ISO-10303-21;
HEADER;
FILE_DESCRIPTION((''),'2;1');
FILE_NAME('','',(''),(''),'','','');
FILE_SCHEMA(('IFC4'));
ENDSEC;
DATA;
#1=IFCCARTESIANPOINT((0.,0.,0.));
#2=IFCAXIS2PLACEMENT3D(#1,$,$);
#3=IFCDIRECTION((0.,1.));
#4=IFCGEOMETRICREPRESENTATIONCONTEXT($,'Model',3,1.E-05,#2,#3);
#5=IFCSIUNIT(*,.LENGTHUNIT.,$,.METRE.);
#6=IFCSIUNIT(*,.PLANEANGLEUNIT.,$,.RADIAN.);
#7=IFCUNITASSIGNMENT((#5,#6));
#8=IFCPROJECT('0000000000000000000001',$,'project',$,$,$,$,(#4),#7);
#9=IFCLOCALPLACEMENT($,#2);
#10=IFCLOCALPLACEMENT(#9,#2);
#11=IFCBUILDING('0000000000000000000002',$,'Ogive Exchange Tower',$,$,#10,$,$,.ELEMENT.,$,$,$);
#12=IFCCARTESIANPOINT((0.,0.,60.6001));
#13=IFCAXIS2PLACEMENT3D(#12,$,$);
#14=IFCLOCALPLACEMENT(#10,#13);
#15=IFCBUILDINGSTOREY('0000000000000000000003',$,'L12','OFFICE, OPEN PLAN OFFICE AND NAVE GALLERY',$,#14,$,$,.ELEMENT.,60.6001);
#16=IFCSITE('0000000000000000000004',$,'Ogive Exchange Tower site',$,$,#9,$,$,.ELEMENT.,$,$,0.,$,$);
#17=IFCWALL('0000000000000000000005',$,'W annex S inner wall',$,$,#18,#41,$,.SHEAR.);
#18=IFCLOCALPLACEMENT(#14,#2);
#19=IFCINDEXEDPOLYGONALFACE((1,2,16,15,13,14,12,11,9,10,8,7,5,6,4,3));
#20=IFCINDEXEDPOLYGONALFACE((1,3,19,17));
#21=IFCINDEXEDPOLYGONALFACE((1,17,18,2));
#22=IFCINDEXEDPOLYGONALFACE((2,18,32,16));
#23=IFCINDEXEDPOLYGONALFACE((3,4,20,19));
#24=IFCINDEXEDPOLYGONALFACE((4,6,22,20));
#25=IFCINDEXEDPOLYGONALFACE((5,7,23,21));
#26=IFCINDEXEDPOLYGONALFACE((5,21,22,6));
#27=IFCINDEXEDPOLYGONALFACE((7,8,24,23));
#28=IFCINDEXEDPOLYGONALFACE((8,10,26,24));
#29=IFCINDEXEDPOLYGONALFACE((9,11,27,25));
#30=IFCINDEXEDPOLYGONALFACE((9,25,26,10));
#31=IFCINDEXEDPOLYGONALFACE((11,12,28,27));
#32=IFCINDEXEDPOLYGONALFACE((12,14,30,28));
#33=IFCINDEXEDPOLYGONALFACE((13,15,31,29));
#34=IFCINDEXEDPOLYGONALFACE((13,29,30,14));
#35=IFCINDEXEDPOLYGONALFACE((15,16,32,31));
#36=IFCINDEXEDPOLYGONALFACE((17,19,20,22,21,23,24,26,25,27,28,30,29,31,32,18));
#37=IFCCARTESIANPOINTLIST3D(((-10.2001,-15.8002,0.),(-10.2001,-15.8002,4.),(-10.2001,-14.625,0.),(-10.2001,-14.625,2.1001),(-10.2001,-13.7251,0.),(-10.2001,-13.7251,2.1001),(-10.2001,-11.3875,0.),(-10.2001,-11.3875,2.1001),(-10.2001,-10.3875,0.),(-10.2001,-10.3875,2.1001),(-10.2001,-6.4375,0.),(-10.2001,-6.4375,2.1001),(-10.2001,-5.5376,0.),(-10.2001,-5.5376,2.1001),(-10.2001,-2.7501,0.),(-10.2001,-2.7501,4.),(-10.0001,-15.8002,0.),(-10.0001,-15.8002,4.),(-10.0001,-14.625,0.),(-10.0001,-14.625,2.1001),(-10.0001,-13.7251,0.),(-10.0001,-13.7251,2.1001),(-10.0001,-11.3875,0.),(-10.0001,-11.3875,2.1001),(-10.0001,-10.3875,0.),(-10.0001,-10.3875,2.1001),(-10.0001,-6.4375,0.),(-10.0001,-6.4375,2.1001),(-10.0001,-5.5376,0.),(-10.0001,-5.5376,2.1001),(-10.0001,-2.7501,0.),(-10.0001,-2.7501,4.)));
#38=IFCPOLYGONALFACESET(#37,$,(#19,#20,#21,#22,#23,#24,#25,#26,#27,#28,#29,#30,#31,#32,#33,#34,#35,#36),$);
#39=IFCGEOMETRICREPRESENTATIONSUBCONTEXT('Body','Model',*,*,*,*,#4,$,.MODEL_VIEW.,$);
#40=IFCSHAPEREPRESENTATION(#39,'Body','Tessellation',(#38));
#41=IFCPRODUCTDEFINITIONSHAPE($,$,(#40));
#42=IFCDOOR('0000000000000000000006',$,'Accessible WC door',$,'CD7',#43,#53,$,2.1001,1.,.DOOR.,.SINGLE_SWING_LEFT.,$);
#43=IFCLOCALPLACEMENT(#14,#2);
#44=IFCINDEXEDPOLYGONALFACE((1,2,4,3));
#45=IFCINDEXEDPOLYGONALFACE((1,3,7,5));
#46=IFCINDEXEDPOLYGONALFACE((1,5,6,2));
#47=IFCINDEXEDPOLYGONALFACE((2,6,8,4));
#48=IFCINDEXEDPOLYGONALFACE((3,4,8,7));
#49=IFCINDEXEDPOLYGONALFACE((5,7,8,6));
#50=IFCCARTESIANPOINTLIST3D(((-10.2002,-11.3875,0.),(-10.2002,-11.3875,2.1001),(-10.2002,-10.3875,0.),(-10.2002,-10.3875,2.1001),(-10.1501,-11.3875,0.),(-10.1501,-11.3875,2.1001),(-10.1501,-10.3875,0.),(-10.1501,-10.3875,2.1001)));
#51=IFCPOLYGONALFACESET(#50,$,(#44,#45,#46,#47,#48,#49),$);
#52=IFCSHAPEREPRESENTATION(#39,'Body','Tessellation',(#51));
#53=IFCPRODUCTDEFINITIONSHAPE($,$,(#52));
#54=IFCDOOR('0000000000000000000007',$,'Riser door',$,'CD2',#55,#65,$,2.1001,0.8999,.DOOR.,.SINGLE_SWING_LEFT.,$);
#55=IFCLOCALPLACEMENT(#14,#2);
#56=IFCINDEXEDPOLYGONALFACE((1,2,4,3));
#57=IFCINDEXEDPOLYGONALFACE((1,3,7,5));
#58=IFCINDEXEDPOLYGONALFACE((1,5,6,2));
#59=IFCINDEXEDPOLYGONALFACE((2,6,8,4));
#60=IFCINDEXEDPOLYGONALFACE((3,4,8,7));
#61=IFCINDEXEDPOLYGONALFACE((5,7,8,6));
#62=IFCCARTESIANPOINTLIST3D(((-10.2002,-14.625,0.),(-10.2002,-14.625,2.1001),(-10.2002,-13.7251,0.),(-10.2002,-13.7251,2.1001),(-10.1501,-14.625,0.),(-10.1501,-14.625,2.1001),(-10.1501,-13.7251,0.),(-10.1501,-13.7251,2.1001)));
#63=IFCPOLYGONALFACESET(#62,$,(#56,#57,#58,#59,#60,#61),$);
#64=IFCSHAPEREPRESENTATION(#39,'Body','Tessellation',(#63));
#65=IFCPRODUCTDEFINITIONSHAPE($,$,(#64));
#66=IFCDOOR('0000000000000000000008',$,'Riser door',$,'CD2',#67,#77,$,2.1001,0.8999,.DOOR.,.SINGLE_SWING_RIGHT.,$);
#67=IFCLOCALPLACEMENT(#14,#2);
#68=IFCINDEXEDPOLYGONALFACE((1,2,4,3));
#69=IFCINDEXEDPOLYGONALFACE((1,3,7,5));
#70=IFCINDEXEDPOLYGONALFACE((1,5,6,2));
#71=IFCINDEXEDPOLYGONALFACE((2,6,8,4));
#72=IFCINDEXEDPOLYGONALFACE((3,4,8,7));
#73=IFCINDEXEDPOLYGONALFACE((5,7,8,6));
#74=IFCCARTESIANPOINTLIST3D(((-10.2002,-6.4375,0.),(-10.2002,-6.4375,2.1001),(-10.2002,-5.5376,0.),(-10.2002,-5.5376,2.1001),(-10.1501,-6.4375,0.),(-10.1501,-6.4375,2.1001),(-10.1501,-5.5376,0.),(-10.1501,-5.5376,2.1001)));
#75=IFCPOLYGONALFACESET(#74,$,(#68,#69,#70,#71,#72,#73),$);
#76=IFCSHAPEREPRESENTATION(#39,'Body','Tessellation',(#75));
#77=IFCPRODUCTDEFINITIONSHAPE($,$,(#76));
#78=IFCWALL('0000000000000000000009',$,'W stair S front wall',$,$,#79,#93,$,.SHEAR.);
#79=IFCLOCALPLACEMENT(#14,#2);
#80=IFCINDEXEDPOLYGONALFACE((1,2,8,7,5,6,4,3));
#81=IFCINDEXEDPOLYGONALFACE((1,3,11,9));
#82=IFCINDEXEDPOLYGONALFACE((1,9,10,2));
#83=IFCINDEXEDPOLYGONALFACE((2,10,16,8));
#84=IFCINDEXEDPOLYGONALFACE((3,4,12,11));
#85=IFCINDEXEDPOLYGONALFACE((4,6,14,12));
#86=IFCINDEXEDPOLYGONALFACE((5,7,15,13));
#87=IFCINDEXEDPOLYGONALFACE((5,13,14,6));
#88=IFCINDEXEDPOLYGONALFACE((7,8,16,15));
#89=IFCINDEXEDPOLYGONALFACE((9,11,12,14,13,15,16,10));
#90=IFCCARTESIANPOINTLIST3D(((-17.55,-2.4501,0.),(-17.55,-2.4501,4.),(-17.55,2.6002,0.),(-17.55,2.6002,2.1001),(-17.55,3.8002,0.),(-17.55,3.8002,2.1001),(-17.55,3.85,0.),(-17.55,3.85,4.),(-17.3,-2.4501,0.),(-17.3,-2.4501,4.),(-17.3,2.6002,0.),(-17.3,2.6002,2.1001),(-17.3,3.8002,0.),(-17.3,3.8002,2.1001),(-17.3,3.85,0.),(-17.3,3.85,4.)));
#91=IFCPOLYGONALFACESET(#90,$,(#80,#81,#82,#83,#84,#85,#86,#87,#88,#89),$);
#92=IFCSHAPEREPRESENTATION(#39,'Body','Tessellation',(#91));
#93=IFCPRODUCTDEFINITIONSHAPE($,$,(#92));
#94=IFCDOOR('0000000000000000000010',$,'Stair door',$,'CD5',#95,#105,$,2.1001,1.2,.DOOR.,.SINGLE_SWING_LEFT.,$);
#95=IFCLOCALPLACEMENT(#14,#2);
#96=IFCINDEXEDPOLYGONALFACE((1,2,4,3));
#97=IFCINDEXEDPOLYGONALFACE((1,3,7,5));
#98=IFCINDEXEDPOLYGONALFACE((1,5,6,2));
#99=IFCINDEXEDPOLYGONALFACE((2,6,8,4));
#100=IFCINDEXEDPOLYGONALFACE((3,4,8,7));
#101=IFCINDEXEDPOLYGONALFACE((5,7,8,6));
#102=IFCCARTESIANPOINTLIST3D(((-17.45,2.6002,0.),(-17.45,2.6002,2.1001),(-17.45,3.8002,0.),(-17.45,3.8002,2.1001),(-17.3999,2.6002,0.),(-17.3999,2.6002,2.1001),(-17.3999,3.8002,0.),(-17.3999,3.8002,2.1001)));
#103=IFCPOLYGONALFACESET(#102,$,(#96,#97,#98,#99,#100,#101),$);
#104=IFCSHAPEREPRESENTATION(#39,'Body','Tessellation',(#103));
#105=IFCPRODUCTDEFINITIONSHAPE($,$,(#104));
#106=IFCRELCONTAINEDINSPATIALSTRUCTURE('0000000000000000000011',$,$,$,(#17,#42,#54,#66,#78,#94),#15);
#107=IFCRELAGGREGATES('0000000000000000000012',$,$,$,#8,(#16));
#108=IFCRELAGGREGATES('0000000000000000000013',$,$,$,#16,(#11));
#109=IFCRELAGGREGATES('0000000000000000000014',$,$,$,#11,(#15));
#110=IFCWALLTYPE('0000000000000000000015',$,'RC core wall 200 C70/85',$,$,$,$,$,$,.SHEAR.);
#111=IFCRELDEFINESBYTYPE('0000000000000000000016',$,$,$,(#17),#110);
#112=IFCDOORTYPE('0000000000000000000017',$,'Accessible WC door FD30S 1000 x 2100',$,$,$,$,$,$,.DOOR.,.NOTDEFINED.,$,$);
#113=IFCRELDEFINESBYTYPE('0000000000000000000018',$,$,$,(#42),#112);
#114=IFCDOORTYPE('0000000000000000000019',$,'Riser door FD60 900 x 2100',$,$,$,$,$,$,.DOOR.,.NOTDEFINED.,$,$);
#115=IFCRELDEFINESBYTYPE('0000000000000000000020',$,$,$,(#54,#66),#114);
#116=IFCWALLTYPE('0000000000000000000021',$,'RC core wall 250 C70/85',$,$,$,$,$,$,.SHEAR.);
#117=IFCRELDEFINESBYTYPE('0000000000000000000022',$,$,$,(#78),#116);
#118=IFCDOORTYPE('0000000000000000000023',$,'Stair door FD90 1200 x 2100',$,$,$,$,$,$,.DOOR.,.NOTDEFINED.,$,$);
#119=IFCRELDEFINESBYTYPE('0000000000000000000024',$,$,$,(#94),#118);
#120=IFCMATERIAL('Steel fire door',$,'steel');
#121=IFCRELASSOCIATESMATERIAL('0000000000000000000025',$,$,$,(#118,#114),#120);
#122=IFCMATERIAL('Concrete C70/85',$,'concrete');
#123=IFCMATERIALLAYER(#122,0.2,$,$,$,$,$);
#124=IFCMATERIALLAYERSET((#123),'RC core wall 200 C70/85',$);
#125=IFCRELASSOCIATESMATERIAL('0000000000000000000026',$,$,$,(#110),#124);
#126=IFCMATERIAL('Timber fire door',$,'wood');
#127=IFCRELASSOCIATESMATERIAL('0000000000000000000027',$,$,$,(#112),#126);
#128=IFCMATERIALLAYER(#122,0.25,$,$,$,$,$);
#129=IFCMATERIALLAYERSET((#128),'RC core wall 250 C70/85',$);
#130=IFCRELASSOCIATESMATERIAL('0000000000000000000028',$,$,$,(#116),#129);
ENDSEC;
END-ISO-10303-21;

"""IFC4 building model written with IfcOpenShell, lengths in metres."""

from ifc_helpers import new_model, si_unit, direction, frame, frame_2d, origin, place, context, subcontext, project, spatial, rectangle, extrude, material, layer, layer_set, type_object, element, fill, save


model = new_model("IFC4")

# Units and contexts
model_context = context("Model", 3, precision=1e-05, world=origin(), true_north=direction((0.0, 1.0)))
body_context = subcontext(model_context, "Body", "Model", "MODEL_VIEW")
ifc_project = project(units=[si_unit("LENGTHUNIT", "METRE"), si_unit("PLANEANGLEUNIT", "RADIAN")], contexts=[model_context])

# Site, building, storey
site_placement = place(None, origin())
site = spatial("IfcSite", under=ifc_project, at=site_placement, Name="Ogive Exchange Tower site", CompositionType="ELEMENT", RefElevation=0.0)
building_placement = place(site_placement, origin())
building = spatial("IfcBuilding", under=site, at=building_placement, Name="Ogive Exchange Tower", CompositionType="ELEMENT")
storey_placement = place(building_placement, frame((0.0, 0.0, 60.6001)))
storey = spatial("IfcBuildingStorey", under=building, at=storey_placement, Name="L12", Description="OFFICE, OPEN PLAN OFFICE AND NAVE GALLERY", CompositionType="ELEMENT", Elevation=60.6001)

# Wall, openings, doors
ifc_material_1 = material(Name="Concrete C70/85", Category="concrete")
ifc_material_2 = material(Name="Steel fire door", Category="steel")
door_type_1 = type_object("IfcDoorType", Name="Stair door FD90 1200 x 2100", OperationType="NOTDEFINED", PredefinedType="DOOR", material=ifc_material_2)
ifc_material_3 = material(Name="Timber fire door", Category="wood")
ifc_layer_1 = layer(ifc_material_1, 0.2)
ifc_layer_set_1 = layer_set([ifc_layer_1], Name="RC core wall 200 C70/85")
wall_type_1 = type_object("IfcWallType", Name="RC core wall 200 C70/85", PredefinedType="SHEAR", material=ifc_layer_set_1)
wall_1_placement = place(storey_placement, frame((-10.1001, -15.8, 0.0), z_axis=(0.0, 0.0, 1.0), x_axis=(0.0, 1.0, 0.0)))
wall_1 = element("IfcWall", 1, at=wall_1_placement, inside=storey, type_object=wall_type_1, Name="W annex S inner wall", PredefinedType="SHEAR", context=body_context, shape_type="SweptSolid", body=[
    extrude(rectangle(XDim=13.05, YDim=0.2, at=frame_2d((6.5249, 0.0))), origin(), (0.0, 0.0, 1.0), 4.0),
])
opening_1_placement = place(wall_1_placement, frame((1.175, 0.0, 0.0)))
opening_1 = element("IfcOpeningElement", 2, at=opening_1_placement, cuts=wall_1, PredefinedType="OPENING", context=body_context, shape_type="SweptSolid", body=[
    extrude(rectangle(XDim=0.8999, YDim=2.1001, at=frame_2d((0.45, 1.05))), frame((0.0, 0.1099, 0.0), z_axis=(0.0, -1.0, 0.0), x_axis=(1.0, 0.0, 0.0)), (0.0, 0.0, 1.0), 0.22),
])
opening_2_placement = place(wall_1_placement, frame((4.4126, 0.0, 0.0)))
opening_2 = element("IfcOpeningElement", 3, at=opening_2_placement, cuts=wall_1, PredefinedType="OPENING", context=body_context, shape_type="SweptSolid", body=[
    extrude(rectangle(XDim=1.0, YDim=2.1001, at=frame_2d((0.5, 1.05))), frame((0.0, 0.1099, 0.0), z_axis=(0.0, -1.0, 0.0), x_axis=(1.0, 0.0, 0.0)), (0.0, 0.0, 1.0), 0.22),
])
opening_3_placement = place(wall_1_placement, frame((9.3625, 0.0, 0.0)))
opening_3 = element("IfcOpeningElement", 4, at=opening_3_placement, cuts=wall_1, PredefinedType="OPENING", context=body_context, shape_type="SweptSolid", body=[
    extrude(rectangle(XDim=0.8999, YDim=2.1001, at=frame_2d((0.45, 1.05))), frame((0.0, 0.1099, 0.0), z_axis=(0.0, -1.0, 0.0), x_axis=(1.0, 0.0, 0.0)), (0.0, 0.0, 1.0), 0.22),
])
door_type_2 = type_object("IfcDoorType", Name="Accessible WC door FD30S 1000 x 2100", OperationType="NOTDEFINED", PredefinedType="DOOR", material=ifc_material_3)
door_1_placement = place(opening_2_placement, origin())
door_1 = element("IfcDoor", 5, at=door_1_placement, inside=storey, type_object=door_type_2, Name="Accessible WC door", ObjectType="CD7", OperationType="SINGLE_SWING_LEFT", OverallHeight=2.1001, OverallWidth=1.0, PredefinedType="DOOR", context=body_context, shape_type="SweptSolid", body=[
    extrude(rectangle(XDim=1.0, YDim=2.1001, at=frame_2d((0.5, 1.05))), frame((0.0, 0.1001, 0.0), z_axis=(0.0, -1.0, 0.0), x_axis=(1.0, 0.0, 0.0)), (0.0, 0.0, 1.0), 0.05),
])
fill(opening_2, door_1)
door_type_3 = type_object("IfcDoorType", Name="Riser door FD60 900 x 2100", OperationType="NOTDEFINED", PredefinedType="DOOR", material=ifc_material_2)
door_2_placement = place(opening_1_placement, origin())
door_2 = element("IfcDoor", 6, at=door_2_placement, inside=storey, type_object=door_type_3, Name="Riser door", ObjectType="CD2", OperationType="SINGLE_SWING_LEFT", OverallHeight=2.1001, OverallWidth=0.8999, PredefinedType="DOOR", context=body_context, shape_type="SweptSolid", body=[
    extrude(rectangle(XDim=0.8999, YDim=2.1001, at=frame_2d((0.45, 1.05))), frame((0.0, 0.1001, 0.0), z_axis=(0.0, -1.0, 0.0), x_axis=(1.0, 0.0, 0.0)), (0.0, 0.0, 1.0), 0.05),
])
fill(opening_1, door_2)
door_3_placement = place(opening_3_placement, origin())
door_3 = element("IfcDoor", 7, at=door_3_placement, inside=storey, type_object=door_type_3, Name="Riser door", ObjectType="CD2", OperationType="SINGLE_SWING_RIGHT", OverallHeight=2.1001, OverallWidth=0.8999, PredefinedType="DOOR", context=body_context, shape_type="SweptSolid", body=[
    extrude(rectangle(XDim=0.8999, YDim=2.1001, at=frame_2d((0.45, 1.05))), frame((0.0, 0.1001, 0.0), z_axis=(0.0, -1.0, 0.0), x_axis=(1.0, 0.0, 0.0)), (0.0, 0.0, 1.0), 0.05),
])
fill(opening_3, door_3)

# Wall, opening, door
ifc_layer_2 = layer(ifc_material_1, 0.25)
ifc_layer_set_2 = layer_set([ifc_layer_2], Name="RC core wall 250 C70/85")
wall_type_2 = type_object("IfcWallType", Name="RC core wall 250 C70/85", PredefinedType="SHEAR", material=ifc_layer_set_2)
wall_2_placement = place(storey_placement, frame((-17.425, -2.45, 0.0), z_axis=(0.0, 0.0, 1.0), x_axis=(0.0, 1.0, 0.0)))
wall_2 = element("IfcWall", 8, at=wall_2_placement, inside=storey, type_object=wall_type_2, Name="W stair S front wall", PredefinedType="SHEAR", context=body_context, shape_type="SweptSolid", body=[
    extrude(rectangle(XDim=6.3, YDim=0.25, at=frame_2d((3.1499, 0.0))), origin(), (0.0, 0.0, 1.0), 4.0),
])
opening_4_placement = place(wall_2_placement, frame((5.05, 0.0, 0.0)))
opening_4 = element("IfcOpeningElement", 9, at=opening_4_placement, cuts=wall_2, PredefinedType="OPENING", context=body_context, shape_type="SweptSolid", body=[
    extrude(rectangle(XDim=1.2, YDim=2.1001, at=frame_2d((0.6001, 1.05))), frame((0.0, 0.135, 0.0), z_axis=(0.0, -1.0, 0.0), x_axis=(1.0, 0.0, 0.0)), (0.0, 0.0, 1.0), 0.27),
])
door_4_placement = place(opening_4_placement, origin())
door_4 = element("IfcDoor", 10, at=door_4_placement, inside=storey, type_object=door_type_1, Name="Stair door", ObjectType="CD5", OperationType="SINGLE_SWING_LEFT", OverallHeight=2.1001, OverallWidth=1.2, PredefinedType="DOOR", context=body_context, shape_type="SweptSolid", body=[
    extrude(rectangle(XDim=1.2, YDim=2.1001, at=frame_2d((0.6001, 1.05))), frame((0.0, 0.0249, 0.0), z_axis=(0.0, -1.0, 0.0), x_axis=(1.0, 0.0, 0.0)), (0.0, 0.0, 1.0), 0.05),
])
fill(opening_4, door_4)

save(model, "model.ifc")
